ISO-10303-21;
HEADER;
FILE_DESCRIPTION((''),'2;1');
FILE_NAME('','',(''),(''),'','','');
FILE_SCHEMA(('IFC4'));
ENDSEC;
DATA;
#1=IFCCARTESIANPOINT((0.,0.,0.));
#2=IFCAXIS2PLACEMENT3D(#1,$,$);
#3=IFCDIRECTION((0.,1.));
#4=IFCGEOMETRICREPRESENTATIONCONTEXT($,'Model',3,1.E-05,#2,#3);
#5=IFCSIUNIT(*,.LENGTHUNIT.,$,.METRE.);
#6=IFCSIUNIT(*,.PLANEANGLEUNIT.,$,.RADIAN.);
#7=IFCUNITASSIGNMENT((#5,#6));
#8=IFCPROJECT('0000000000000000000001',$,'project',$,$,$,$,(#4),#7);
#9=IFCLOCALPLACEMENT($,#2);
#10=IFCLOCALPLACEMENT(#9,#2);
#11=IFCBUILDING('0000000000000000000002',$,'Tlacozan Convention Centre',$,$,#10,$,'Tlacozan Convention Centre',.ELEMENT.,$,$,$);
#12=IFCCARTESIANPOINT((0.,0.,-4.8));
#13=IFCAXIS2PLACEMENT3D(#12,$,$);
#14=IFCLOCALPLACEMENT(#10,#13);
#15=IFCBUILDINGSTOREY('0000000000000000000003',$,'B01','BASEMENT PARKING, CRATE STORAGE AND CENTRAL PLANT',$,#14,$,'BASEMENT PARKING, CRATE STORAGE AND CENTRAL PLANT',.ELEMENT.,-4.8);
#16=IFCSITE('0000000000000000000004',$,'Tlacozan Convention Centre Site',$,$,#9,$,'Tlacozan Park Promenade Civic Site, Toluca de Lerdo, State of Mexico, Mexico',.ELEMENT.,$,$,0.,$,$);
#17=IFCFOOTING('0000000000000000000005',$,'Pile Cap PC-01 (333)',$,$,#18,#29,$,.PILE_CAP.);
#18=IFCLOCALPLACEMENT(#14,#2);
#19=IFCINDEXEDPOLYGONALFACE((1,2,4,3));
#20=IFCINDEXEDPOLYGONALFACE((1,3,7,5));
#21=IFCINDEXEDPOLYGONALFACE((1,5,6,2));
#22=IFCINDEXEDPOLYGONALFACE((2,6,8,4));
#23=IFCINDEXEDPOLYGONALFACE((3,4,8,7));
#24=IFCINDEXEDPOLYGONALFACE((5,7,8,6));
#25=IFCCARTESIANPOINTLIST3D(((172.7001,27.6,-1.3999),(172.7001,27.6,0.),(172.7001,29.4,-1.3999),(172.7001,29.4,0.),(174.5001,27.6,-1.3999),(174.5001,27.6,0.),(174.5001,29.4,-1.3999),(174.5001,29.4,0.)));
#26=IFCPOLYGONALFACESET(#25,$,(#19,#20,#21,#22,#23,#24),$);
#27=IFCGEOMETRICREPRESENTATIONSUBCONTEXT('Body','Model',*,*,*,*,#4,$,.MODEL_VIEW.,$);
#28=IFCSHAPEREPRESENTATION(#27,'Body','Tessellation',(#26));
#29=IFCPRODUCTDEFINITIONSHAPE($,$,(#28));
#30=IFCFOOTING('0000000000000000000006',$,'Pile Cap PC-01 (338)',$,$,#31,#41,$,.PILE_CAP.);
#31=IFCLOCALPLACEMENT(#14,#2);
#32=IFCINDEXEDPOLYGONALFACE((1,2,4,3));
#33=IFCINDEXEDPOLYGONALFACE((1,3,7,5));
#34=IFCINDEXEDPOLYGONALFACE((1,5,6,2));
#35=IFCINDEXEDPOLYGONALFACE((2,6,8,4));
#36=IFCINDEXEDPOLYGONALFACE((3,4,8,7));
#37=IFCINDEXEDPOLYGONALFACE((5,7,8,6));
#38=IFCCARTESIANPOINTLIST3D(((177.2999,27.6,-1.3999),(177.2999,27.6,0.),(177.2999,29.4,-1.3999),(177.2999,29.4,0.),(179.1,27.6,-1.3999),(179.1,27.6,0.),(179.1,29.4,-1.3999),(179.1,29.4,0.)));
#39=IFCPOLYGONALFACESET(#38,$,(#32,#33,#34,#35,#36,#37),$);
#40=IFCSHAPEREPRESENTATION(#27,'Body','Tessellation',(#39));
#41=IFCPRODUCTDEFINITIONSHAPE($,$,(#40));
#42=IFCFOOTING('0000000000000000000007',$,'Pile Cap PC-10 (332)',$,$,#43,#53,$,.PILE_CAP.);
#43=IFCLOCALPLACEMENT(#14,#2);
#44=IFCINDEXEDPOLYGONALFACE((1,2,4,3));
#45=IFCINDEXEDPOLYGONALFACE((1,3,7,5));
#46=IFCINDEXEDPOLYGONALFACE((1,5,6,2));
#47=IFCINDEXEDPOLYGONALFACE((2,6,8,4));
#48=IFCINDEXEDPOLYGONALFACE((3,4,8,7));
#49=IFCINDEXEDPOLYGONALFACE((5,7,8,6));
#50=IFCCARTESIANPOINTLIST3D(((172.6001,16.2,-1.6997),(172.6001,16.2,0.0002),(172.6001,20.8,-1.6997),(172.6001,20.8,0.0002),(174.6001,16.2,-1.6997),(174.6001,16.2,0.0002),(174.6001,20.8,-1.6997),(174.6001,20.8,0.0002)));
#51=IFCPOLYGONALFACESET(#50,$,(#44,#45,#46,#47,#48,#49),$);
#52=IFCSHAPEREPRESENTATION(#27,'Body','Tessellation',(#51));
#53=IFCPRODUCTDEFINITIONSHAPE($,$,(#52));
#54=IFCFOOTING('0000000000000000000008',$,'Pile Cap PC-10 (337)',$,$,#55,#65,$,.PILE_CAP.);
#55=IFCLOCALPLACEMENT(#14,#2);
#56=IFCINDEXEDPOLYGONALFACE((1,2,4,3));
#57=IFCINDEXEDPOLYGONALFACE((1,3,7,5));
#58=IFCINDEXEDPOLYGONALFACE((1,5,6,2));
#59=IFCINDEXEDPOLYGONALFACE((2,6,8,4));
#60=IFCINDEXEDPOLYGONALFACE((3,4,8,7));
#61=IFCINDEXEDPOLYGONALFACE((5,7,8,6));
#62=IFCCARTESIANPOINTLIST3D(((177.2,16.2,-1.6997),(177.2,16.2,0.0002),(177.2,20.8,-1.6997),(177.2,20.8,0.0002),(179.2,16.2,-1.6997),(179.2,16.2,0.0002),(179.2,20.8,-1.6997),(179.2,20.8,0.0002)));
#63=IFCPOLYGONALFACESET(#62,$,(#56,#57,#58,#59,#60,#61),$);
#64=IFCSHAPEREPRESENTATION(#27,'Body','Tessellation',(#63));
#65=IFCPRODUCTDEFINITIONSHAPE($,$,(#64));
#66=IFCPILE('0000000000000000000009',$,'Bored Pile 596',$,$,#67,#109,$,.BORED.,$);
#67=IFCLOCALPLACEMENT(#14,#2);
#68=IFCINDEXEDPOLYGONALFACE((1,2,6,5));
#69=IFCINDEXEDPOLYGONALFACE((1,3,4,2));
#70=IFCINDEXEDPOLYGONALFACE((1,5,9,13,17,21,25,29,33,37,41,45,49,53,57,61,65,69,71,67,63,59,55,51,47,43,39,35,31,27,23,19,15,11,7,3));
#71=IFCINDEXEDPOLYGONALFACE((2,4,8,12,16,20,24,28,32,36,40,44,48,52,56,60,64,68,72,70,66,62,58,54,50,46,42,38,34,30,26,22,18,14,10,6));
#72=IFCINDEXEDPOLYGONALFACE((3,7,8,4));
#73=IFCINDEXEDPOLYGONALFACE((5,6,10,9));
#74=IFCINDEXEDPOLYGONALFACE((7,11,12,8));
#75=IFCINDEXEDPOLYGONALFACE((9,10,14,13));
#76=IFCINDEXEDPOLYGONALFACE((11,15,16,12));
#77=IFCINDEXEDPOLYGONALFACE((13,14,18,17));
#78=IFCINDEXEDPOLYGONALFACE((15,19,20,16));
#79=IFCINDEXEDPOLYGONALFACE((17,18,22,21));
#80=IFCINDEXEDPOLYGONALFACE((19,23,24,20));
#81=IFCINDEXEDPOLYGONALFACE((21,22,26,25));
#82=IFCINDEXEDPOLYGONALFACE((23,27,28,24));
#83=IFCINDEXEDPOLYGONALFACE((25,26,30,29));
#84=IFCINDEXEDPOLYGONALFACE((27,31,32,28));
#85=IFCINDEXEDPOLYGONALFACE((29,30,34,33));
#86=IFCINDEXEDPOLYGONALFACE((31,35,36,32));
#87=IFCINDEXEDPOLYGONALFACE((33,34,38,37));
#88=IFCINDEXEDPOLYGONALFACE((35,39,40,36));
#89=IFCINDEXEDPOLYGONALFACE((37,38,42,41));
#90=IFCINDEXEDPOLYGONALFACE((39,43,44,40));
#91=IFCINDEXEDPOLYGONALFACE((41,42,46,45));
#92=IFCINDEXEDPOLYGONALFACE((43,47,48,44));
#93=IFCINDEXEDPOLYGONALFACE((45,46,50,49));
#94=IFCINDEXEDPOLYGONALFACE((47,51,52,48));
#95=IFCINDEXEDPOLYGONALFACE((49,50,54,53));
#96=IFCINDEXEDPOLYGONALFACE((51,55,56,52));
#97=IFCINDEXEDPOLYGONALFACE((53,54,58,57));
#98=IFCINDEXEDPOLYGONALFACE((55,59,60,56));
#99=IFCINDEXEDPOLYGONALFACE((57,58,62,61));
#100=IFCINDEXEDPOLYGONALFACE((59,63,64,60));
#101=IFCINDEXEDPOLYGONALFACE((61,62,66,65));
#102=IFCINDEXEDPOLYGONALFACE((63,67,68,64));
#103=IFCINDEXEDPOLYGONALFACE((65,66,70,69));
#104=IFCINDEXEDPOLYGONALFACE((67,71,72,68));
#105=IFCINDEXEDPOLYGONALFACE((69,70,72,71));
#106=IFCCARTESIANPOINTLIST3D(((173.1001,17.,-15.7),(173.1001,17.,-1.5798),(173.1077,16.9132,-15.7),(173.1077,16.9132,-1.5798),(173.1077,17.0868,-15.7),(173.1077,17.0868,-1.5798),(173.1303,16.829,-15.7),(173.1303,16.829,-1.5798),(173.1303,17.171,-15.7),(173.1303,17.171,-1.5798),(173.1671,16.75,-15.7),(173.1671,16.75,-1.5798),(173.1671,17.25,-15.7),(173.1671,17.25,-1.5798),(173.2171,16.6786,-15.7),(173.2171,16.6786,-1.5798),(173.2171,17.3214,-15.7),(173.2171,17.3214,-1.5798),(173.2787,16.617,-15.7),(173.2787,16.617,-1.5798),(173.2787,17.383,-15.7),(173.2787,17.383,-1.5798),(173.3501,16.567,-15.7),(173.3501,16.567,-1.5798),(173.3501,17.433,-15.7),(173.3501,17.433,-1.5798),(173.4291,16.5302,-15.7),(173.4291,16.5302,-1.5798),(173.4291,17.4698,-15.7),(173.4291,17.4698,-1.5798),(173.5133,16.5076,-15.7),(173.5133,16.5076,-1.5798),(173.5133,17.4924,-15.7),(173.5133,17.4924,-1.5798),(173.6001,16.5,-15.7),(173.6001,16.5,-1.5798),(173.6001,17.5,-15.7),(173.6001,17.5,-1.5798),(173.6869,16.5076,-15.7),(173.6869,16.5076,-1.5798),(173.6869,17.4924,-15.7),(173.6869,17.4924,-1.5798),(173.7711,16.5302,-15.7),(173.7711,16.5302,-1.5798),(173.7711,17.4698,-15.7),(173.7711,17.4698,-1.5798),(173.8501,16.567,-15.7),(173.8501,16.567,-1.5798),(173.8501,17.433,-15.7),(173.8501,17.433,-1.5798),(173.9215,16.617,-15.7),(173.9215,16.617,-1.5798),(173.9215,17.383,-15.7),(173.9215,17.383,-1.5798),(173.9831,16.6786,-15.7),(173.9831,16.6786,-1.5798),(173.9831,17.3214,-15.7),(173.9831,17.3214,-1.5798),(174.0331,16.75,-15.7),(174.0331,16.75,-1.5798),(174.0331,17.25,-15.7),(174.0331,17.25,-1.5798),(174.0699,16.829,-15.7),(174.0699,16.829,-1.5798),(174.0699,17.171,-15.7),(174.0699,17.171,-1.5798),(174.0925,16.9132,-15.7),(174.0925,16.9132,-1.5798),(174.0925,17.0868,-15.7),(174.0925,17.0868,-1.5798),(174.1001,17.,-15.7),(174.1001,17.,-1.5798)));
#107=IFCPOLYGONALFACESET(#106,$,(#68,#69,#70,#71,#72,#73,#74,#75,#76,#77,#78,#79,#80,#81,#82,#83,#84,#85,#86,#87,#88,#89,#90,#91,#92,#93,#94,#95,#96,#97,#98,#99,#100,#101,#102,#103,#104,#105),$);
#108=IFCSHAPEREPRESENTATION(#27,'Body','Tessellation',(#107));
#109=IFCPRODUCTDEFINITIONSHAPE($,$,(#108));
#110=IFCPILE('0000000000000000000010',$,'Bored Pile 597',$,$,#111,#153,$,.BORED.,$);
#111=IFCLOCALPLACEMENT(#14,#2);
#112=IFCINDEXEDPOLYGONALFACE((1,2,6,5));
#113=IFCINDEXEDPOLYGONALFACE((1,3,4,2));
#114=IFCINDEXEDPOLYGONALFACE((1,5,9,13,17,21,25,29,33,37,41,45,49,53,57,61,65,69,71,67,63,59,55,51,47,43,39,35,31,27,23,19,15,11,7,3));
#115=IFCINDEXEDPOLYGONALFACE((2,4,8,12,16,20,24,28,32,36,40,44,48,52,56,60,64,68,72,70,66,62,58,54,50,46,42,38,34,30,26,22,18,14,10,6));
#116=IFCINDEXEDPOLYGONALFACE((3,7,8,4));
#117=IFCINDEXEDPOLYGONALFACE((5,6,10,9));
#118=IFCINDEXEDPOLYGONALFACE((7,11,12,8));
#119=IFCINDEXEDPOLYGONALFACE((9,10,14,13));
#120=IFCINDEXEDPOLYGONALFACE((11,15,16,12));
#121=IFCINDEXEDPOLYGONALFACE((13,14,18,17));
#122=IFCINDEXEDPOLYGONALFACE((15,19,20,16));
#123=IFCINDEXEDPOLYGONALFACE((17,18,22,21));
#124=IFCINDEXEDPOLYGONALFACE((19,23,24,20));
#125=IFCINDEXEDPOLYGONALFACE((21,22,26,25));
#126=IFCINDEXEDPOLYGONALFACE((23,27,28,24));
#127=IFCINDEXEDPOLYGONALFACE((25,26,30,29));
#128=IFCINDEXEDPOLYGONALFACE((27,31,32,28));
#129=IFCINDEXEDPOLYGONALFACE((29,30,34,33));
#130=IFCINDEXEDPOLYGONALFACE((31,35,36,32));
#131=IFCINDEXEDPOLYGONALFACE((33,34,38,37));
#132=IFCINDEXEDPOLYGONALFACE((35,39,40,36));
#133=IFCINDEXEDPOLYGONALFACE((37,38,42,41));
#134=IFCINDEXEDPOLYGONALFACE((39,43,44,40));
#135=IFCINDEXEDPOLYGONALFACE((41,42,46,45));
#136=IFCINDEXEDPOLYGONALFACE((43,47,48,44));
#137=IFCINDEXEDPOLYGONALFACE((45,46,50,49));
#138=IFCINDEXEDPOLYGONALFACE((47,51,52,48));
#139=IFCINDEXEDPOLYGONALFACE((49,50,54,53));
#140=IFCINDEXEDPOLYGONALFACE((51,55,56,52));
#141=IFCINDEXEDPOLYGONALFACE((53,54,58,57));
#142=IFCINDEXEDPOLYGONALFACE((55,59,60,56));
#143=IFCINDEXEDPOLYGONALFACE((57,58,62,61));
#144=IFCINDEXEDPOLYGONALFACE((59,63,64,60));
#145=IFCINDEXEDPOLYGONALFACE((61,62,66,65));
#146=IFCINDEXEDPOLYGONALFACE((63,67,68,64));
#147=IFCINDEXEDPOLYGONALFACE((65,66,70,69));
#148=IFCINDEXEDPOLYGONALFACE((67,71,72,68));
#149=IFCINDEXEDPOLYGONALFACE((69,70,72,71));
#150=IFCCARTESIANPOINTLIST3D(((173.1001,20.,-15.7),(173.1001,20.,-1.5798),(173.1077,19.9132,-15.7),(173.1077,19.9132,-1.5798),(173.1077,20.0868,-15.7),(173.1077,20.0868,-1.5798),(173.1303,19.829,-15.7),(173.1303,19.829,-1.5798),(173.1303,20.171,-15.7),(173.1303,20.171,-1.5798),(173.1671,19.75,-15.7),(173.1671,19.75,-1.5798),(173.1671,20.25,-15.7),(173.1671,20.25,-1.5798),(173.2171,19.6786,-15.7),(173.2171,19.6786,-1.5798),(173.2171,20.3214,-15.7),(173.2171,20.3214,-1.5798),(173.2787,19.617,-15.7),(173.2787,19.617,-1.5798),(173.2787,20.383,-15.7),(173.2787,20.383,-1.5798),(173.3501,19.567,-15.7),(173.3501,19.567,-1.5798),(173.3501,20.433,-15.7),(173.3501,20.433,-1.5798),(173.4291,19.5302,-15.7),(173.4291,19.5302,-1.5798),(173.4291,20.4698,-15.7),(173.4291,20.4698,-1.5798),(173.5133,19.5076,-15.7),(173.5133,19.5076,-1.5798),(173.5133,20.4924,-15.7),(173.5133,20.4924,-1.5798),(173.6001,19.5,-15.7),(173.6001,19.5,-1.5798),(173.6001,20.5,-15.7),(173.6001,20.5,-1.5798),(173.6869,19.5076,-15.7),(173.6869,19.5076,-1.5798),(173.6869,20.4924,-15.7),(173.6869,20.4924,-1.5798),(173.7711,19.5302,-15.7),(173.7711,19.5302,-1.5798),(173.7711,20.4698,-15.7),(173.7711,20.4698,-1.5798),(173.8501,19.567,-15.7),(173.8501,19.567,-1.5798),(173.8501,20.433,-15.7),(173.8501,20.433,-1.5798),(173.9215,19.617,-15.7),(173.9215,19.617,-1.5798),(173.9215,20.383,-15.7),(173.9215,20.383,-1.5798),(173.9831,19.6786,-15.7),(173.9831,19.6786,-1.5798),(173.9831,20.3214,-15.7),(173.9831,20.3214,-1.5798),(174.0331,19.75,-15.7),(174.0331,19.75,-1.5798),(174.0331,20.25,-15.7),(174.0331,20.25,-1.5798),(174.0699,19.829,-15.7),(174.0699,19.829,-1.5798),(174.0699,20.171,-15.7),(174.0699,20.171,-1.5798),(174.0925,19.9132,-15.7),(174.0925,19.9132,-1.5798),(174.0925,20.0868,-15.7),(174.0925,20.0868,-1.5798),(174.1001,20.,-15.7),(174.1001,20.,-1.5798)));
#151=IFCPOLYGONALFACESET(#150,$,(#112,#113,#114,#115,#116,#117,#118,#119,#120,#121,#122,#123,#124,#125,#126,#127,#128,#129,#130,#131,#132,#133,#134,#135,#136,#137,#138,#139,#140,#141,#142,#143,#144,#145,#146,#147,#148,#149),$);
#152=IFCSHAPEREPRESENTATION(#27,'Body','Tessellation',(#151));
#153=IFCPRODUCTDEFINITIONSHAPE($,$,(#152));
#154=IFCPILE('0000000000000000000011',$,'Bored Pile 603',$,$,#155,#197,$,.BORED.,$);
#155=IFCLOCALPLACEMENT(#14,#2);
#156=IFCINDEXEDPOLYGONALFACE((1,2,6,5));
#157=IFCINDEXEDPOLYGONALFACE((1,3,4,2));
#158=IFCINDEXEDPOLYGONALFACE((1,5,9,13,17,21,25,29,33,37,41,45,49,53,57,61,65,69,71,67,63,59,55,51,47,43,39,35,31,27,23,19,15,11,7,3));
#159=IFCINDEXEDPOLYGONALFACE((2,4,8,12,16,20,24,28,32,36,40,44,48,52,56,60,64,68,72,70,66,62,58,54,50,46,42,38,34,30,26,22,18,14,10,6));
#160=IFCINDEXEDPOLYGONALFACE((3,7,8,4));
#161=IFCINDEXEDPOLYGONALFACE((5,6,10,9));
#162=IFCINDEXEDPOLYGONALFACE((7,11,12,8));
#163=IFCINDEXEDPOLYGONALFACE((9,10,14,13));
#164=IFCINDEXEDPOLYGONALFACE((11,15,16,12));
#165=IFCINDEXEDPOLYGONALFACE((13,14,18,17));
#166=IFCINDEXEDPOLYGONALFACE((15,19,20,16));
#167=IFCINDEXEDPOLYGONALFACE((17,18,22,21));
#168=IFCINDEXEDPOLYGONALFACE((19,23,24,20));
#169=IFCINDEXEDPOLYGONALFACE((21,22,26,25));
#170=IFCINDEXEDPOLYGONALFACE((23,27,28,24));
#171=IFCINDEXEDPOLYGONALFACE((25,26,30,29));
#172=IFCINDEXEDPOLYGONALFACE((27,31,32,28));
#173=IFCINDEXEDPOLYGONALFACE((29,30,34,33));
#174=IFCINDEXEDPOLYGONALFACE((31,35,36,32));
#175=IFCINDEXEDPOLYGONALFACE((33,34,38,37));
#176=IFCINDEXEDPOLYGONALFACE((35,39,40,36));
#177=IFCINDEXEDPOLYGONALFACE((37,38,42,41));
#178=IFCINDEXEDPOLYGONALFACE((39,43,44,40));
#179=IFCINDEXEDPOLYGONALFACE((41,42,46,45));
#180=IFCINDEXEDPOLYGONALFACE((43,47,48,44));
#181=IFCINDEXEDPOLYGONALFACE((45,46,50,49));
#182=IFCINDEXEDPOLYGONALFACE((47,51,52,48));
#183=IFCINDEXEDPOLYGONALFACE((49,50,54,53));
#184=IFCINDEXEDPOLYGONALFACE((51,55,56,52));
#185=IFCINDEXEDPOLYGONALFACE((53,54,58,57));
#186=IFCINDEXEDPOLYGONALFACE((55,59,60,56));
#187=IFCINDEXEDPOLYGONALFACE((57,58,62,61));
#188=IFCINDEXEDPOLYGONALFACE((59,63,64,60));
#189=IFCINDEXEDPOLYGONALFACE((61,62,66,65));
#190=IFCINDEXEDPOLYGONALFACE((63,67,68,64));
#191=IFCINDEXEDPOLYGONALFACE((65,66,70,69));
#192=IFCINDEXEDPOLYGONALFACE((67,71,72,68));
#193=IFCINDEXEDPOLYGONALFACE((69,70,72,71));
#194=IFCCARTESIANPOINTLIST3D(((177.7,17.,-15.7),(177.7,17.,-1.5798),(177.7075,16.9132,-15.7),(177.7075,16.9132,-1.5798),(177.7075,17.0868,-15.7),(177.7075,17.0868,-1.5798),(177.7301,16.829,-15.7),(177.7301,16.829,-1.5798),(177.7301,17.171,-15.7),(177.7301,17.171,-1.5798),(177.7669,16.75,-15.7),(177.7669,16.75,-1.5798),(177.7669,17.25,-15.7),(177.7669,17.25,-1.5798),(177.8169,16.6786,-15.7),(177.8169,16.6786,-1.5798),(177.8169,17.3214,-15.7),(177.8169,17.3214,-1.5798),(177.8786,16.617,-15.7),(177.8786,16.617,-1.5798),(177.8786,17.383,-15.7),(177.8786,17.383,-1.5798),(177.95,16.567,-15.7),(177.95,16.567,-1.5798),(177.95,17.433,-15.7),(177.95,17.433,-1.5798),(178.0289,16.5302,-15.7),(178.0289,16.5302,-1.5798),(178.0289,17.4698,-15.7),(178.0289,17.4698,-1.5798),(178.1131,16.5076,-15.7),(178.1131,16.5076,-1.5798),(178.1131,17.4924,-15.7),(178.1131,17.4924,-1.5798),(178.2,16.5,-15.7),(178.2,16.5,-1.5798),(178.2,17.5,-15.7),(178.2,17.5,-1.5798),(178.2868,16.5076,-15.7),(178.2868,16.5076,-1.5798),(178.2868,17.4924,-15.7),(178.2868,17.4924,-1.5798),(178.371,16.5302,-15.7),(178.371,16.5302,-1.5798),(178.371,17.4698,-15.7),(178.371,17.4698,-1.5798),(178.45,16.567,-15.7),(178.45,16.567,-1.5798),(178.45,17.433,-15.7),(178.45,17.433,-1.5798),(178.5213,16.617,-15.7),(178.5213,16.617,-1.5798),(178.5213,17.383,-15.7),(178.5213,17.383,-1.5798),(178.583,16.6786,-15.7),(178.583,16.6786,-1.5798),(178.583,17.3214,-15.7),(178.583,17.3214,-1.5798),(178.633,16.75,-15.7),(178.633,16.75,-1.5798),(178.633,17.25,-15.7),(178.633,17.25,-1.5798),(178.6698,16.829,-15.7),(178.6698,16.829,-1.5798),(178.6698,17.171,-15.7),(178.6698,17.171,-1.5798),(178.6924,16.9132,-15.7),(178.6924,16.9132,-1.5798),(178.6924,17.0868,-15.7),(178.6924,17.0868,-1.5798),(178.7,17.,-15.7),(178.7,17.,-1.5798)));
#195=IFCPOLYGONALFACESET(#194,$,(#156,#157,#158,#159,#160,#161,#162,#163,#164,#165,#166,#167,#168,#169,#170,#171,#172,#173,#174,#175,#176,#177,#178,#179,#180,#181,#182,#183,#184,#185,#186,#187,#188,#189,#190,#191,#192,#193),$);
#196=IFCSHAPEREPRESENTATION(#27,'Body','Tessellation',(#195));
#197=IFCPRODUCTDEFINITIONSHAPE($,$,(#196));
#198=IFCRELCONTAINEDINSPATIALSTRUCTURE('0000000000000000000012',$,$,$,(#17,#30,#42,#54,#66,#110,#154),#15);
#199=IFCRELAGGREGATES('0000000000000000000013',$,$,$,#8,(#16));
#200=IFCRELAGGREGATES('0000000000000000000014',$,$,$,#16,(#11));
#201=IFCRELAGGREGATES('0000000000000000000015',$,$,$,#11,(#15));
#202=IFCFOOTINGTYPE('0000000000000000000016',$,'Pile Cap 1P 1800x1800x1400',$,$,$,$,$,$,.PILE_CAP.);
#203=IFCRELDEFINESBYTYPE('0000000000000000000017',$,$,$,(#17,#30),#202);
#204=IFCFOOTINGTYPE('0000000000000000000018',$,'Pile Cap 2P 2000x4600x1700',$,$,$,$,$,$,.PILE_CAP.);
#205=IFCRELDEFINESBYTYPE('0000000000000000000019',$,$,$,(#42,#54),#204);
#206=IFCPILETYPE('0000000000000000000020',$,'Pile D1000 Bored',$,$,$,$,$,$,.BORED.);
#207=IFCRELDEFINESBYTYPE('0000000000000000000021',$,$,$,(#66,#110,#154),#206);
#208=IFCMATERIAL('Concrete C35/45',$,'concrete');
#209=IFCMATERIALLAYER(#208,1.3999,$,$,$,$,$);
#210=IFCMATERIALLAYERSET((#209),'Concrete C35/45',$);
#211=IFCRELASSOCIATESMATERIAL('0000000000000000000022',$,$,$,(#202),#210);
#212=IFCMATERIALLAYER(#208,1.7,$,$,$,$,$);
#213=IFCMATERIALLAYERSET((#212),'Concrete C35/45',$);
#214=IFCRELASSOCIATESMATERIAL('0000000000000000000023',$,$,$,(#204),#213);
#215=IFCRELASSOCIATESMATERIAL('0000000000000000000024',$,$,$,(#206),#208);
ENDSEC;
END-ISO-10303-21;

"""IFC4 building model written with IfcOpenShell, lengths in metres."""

from ifc_helpers import new_model, si_unit, direction, frame, origin, origin_2d, place, context, subcontext, project, spatial, rectangle, circle, extrude, material, layer, layer_set, material_profile, profile_set, type_object, element, save


model = new_model("IFC4")

# Units and contexts
model_context = context("Model", 3, precision=1e-05, world=origin(), true_north=direction((0.0, 1.0)))
body_context = subcontext(model_context, "Body", "Model", "MODEL_VIEW")
ifc_project = project(units=[si_unit("LENGTHUNIT", "METRE"), si_unit("PLANEANGLEUNIT", "RADIAN")], contexts=[model_context])

# Site, building, storey
site_placement = place(None, origin())
site = spatial("IfcSite", under=ifc_project, at=site_placement, Name="Tlacozan Convention Centre Site", LongName="Tlacozan Park Promenade Civic Site, Toluca de Lerdo, State of Mexico, Mexico", CompositionType="ELEMENT", RefElevation=0.0)
building_placement = place(site_placement, origin())
building = spatial("IfcBuilding", under=site, at=building_placement, Name="Tlacozan Convention Centre", LongName="Tlacozan Convention Centre", CompositionType="ELEMENT")
storey_placement = place(building_placement, frame((0.0, 0.0, -4.8)))
storey = spatial("IfcBuildingStorey", under=building, at=storey_placement, Name="B01", Description="BASEMENT PARKING, CRATE STORAGE AND CENTRAL PLANT", LongName="BASEMENT PARKING, CRATE STORAGE AND CENTRAL PLANT", CompositionType="ELEMENT", Elevation=-4.8)

# Footings
ifc_material_1 = material(Name="Concrete C35/45", Category="concrete")
ifc_layer_1 = layer(ifc_material_1, 1.3999)
ifc_layer_set_1 = layer_set([ifc_layer_1], Name="Concrete C35/45")
footing_type_1 = type_object("IfcFootingType", Name="Pile Cap 1P 1800x1800x1400", PredefinedType="PILE_CAP", material=ifc_layer_set_1)
for number, where, z_axis, x_axis, name in (
    (1, (173.6001, 28.5, -1.3999), (0.0, 0.0, 1.0), (1.0, 0.0, 0.0), "Pile Cap PC-01 (333)"),
    (2, (178.2, 28.5, -1.3999), (0.0, 0.0, 1.0), (1.0, 0.0, 0.0), "Pile Cap PC-01 (338)"),
):
    element("IfcFooting", number, at=place(storey_placement, frame(where, z_axis=z_axis, x_axis=x_axis)), inside=storey, type_object=footing_type_1, Name=name, PredefinedType="PILE_CAP", context=body_context, shape_type="SweptSolid", body=[
        extrude(rectangle(XDim=1.8, YDim=1.8, at=origin_2d()), origin(), (0.0, 0.0, 1.0), 1.3999),
    ])
ifc_layer_2 = layer(ifc_material_1, 1.7)
ifc_layer_set_2 = layer_set([ifc_layer_2], Name="Concrete C35/45")
footing_type_2 = type_object("IfcFootingType", Name="Pile Cap 2P 2000x4600x1700", PredefinedType="PILE_CAP", material=ifc_layer_set_2)
for number, where, z_axis, x_axis, name in (
    (3, (173.6001, 18.5, -1.6997), (0.0, 0.0, 1.0), (1.0, 0.0, 0.0), "Pile Cap PC-10 (332)"),
    (4, (178.2, 18.5, -1.6997), (0.0, 0.0, 1.0), (1.0, 0.0, 0.0), "Pile Cap PC-10 (337)"),
):
    element("IfcFooting", number, at=place(storey_placement, frame(where, z_axis=z_axis, x_axis=x_axis)), inside=storey, type_object=footing_type_2, Name=name, PredefinedType="PILE_CAP", context=body_context, shape_type="SweptSolid", body=[
        extrude(rectangle(XDim=2.0, YDim=4.6001, at=origin_2d()), origin(), (0.0, 0.0, 1.0), 1.7),
    ])

# Piles
ifc_material_profile_1 = material_profile(ifc_material_1, circle(Radius=0.5, at=origin_2d()), Name="PILE D1000")
ifc_profile_set_1 = profile_set([ifc_material_profile_1], Name="Concrete C35/45")
pile_type_1 = type_object("IfcPileType", Name="Pile D1000 Bored", PredefinedType="BORED", material=ifc_profile_set_1)
for number, where, z_axis, x_axis, name in (
    (5, (173.6001, 17.0, -1.5798), (0.0, 0.0, -1.0), (1.0, 0.0, 0.0), "Bored Pile 596"),
    (6, (173.6001, 20.0, -1.5798), (0.0, 0.0, -1.0), (1.0, 0.0, 0.0), "Bored Pile 597"),
    (7, (178.2, 17.0, -1.5798), (0.0, 0.0, -1.0), (1.0, 0.0, 0.0), "Bored Pile 603"),
):
    element("IfcPile", number, at=place(storey_placement, frame(where, z_axis=z_axis, x_axis=x_axis)), inside=storey, type_object=pile_type_1, Name=name, PredefinedType="BORED", context=body_context, shape_type="SweptSolid", body=[
        extrude(circle(Radius=0.5, at=origin_2d()), origin(), (0.0, 0.0, 1.0), 14.1201),
    ])

save(model, "model.ifc")
